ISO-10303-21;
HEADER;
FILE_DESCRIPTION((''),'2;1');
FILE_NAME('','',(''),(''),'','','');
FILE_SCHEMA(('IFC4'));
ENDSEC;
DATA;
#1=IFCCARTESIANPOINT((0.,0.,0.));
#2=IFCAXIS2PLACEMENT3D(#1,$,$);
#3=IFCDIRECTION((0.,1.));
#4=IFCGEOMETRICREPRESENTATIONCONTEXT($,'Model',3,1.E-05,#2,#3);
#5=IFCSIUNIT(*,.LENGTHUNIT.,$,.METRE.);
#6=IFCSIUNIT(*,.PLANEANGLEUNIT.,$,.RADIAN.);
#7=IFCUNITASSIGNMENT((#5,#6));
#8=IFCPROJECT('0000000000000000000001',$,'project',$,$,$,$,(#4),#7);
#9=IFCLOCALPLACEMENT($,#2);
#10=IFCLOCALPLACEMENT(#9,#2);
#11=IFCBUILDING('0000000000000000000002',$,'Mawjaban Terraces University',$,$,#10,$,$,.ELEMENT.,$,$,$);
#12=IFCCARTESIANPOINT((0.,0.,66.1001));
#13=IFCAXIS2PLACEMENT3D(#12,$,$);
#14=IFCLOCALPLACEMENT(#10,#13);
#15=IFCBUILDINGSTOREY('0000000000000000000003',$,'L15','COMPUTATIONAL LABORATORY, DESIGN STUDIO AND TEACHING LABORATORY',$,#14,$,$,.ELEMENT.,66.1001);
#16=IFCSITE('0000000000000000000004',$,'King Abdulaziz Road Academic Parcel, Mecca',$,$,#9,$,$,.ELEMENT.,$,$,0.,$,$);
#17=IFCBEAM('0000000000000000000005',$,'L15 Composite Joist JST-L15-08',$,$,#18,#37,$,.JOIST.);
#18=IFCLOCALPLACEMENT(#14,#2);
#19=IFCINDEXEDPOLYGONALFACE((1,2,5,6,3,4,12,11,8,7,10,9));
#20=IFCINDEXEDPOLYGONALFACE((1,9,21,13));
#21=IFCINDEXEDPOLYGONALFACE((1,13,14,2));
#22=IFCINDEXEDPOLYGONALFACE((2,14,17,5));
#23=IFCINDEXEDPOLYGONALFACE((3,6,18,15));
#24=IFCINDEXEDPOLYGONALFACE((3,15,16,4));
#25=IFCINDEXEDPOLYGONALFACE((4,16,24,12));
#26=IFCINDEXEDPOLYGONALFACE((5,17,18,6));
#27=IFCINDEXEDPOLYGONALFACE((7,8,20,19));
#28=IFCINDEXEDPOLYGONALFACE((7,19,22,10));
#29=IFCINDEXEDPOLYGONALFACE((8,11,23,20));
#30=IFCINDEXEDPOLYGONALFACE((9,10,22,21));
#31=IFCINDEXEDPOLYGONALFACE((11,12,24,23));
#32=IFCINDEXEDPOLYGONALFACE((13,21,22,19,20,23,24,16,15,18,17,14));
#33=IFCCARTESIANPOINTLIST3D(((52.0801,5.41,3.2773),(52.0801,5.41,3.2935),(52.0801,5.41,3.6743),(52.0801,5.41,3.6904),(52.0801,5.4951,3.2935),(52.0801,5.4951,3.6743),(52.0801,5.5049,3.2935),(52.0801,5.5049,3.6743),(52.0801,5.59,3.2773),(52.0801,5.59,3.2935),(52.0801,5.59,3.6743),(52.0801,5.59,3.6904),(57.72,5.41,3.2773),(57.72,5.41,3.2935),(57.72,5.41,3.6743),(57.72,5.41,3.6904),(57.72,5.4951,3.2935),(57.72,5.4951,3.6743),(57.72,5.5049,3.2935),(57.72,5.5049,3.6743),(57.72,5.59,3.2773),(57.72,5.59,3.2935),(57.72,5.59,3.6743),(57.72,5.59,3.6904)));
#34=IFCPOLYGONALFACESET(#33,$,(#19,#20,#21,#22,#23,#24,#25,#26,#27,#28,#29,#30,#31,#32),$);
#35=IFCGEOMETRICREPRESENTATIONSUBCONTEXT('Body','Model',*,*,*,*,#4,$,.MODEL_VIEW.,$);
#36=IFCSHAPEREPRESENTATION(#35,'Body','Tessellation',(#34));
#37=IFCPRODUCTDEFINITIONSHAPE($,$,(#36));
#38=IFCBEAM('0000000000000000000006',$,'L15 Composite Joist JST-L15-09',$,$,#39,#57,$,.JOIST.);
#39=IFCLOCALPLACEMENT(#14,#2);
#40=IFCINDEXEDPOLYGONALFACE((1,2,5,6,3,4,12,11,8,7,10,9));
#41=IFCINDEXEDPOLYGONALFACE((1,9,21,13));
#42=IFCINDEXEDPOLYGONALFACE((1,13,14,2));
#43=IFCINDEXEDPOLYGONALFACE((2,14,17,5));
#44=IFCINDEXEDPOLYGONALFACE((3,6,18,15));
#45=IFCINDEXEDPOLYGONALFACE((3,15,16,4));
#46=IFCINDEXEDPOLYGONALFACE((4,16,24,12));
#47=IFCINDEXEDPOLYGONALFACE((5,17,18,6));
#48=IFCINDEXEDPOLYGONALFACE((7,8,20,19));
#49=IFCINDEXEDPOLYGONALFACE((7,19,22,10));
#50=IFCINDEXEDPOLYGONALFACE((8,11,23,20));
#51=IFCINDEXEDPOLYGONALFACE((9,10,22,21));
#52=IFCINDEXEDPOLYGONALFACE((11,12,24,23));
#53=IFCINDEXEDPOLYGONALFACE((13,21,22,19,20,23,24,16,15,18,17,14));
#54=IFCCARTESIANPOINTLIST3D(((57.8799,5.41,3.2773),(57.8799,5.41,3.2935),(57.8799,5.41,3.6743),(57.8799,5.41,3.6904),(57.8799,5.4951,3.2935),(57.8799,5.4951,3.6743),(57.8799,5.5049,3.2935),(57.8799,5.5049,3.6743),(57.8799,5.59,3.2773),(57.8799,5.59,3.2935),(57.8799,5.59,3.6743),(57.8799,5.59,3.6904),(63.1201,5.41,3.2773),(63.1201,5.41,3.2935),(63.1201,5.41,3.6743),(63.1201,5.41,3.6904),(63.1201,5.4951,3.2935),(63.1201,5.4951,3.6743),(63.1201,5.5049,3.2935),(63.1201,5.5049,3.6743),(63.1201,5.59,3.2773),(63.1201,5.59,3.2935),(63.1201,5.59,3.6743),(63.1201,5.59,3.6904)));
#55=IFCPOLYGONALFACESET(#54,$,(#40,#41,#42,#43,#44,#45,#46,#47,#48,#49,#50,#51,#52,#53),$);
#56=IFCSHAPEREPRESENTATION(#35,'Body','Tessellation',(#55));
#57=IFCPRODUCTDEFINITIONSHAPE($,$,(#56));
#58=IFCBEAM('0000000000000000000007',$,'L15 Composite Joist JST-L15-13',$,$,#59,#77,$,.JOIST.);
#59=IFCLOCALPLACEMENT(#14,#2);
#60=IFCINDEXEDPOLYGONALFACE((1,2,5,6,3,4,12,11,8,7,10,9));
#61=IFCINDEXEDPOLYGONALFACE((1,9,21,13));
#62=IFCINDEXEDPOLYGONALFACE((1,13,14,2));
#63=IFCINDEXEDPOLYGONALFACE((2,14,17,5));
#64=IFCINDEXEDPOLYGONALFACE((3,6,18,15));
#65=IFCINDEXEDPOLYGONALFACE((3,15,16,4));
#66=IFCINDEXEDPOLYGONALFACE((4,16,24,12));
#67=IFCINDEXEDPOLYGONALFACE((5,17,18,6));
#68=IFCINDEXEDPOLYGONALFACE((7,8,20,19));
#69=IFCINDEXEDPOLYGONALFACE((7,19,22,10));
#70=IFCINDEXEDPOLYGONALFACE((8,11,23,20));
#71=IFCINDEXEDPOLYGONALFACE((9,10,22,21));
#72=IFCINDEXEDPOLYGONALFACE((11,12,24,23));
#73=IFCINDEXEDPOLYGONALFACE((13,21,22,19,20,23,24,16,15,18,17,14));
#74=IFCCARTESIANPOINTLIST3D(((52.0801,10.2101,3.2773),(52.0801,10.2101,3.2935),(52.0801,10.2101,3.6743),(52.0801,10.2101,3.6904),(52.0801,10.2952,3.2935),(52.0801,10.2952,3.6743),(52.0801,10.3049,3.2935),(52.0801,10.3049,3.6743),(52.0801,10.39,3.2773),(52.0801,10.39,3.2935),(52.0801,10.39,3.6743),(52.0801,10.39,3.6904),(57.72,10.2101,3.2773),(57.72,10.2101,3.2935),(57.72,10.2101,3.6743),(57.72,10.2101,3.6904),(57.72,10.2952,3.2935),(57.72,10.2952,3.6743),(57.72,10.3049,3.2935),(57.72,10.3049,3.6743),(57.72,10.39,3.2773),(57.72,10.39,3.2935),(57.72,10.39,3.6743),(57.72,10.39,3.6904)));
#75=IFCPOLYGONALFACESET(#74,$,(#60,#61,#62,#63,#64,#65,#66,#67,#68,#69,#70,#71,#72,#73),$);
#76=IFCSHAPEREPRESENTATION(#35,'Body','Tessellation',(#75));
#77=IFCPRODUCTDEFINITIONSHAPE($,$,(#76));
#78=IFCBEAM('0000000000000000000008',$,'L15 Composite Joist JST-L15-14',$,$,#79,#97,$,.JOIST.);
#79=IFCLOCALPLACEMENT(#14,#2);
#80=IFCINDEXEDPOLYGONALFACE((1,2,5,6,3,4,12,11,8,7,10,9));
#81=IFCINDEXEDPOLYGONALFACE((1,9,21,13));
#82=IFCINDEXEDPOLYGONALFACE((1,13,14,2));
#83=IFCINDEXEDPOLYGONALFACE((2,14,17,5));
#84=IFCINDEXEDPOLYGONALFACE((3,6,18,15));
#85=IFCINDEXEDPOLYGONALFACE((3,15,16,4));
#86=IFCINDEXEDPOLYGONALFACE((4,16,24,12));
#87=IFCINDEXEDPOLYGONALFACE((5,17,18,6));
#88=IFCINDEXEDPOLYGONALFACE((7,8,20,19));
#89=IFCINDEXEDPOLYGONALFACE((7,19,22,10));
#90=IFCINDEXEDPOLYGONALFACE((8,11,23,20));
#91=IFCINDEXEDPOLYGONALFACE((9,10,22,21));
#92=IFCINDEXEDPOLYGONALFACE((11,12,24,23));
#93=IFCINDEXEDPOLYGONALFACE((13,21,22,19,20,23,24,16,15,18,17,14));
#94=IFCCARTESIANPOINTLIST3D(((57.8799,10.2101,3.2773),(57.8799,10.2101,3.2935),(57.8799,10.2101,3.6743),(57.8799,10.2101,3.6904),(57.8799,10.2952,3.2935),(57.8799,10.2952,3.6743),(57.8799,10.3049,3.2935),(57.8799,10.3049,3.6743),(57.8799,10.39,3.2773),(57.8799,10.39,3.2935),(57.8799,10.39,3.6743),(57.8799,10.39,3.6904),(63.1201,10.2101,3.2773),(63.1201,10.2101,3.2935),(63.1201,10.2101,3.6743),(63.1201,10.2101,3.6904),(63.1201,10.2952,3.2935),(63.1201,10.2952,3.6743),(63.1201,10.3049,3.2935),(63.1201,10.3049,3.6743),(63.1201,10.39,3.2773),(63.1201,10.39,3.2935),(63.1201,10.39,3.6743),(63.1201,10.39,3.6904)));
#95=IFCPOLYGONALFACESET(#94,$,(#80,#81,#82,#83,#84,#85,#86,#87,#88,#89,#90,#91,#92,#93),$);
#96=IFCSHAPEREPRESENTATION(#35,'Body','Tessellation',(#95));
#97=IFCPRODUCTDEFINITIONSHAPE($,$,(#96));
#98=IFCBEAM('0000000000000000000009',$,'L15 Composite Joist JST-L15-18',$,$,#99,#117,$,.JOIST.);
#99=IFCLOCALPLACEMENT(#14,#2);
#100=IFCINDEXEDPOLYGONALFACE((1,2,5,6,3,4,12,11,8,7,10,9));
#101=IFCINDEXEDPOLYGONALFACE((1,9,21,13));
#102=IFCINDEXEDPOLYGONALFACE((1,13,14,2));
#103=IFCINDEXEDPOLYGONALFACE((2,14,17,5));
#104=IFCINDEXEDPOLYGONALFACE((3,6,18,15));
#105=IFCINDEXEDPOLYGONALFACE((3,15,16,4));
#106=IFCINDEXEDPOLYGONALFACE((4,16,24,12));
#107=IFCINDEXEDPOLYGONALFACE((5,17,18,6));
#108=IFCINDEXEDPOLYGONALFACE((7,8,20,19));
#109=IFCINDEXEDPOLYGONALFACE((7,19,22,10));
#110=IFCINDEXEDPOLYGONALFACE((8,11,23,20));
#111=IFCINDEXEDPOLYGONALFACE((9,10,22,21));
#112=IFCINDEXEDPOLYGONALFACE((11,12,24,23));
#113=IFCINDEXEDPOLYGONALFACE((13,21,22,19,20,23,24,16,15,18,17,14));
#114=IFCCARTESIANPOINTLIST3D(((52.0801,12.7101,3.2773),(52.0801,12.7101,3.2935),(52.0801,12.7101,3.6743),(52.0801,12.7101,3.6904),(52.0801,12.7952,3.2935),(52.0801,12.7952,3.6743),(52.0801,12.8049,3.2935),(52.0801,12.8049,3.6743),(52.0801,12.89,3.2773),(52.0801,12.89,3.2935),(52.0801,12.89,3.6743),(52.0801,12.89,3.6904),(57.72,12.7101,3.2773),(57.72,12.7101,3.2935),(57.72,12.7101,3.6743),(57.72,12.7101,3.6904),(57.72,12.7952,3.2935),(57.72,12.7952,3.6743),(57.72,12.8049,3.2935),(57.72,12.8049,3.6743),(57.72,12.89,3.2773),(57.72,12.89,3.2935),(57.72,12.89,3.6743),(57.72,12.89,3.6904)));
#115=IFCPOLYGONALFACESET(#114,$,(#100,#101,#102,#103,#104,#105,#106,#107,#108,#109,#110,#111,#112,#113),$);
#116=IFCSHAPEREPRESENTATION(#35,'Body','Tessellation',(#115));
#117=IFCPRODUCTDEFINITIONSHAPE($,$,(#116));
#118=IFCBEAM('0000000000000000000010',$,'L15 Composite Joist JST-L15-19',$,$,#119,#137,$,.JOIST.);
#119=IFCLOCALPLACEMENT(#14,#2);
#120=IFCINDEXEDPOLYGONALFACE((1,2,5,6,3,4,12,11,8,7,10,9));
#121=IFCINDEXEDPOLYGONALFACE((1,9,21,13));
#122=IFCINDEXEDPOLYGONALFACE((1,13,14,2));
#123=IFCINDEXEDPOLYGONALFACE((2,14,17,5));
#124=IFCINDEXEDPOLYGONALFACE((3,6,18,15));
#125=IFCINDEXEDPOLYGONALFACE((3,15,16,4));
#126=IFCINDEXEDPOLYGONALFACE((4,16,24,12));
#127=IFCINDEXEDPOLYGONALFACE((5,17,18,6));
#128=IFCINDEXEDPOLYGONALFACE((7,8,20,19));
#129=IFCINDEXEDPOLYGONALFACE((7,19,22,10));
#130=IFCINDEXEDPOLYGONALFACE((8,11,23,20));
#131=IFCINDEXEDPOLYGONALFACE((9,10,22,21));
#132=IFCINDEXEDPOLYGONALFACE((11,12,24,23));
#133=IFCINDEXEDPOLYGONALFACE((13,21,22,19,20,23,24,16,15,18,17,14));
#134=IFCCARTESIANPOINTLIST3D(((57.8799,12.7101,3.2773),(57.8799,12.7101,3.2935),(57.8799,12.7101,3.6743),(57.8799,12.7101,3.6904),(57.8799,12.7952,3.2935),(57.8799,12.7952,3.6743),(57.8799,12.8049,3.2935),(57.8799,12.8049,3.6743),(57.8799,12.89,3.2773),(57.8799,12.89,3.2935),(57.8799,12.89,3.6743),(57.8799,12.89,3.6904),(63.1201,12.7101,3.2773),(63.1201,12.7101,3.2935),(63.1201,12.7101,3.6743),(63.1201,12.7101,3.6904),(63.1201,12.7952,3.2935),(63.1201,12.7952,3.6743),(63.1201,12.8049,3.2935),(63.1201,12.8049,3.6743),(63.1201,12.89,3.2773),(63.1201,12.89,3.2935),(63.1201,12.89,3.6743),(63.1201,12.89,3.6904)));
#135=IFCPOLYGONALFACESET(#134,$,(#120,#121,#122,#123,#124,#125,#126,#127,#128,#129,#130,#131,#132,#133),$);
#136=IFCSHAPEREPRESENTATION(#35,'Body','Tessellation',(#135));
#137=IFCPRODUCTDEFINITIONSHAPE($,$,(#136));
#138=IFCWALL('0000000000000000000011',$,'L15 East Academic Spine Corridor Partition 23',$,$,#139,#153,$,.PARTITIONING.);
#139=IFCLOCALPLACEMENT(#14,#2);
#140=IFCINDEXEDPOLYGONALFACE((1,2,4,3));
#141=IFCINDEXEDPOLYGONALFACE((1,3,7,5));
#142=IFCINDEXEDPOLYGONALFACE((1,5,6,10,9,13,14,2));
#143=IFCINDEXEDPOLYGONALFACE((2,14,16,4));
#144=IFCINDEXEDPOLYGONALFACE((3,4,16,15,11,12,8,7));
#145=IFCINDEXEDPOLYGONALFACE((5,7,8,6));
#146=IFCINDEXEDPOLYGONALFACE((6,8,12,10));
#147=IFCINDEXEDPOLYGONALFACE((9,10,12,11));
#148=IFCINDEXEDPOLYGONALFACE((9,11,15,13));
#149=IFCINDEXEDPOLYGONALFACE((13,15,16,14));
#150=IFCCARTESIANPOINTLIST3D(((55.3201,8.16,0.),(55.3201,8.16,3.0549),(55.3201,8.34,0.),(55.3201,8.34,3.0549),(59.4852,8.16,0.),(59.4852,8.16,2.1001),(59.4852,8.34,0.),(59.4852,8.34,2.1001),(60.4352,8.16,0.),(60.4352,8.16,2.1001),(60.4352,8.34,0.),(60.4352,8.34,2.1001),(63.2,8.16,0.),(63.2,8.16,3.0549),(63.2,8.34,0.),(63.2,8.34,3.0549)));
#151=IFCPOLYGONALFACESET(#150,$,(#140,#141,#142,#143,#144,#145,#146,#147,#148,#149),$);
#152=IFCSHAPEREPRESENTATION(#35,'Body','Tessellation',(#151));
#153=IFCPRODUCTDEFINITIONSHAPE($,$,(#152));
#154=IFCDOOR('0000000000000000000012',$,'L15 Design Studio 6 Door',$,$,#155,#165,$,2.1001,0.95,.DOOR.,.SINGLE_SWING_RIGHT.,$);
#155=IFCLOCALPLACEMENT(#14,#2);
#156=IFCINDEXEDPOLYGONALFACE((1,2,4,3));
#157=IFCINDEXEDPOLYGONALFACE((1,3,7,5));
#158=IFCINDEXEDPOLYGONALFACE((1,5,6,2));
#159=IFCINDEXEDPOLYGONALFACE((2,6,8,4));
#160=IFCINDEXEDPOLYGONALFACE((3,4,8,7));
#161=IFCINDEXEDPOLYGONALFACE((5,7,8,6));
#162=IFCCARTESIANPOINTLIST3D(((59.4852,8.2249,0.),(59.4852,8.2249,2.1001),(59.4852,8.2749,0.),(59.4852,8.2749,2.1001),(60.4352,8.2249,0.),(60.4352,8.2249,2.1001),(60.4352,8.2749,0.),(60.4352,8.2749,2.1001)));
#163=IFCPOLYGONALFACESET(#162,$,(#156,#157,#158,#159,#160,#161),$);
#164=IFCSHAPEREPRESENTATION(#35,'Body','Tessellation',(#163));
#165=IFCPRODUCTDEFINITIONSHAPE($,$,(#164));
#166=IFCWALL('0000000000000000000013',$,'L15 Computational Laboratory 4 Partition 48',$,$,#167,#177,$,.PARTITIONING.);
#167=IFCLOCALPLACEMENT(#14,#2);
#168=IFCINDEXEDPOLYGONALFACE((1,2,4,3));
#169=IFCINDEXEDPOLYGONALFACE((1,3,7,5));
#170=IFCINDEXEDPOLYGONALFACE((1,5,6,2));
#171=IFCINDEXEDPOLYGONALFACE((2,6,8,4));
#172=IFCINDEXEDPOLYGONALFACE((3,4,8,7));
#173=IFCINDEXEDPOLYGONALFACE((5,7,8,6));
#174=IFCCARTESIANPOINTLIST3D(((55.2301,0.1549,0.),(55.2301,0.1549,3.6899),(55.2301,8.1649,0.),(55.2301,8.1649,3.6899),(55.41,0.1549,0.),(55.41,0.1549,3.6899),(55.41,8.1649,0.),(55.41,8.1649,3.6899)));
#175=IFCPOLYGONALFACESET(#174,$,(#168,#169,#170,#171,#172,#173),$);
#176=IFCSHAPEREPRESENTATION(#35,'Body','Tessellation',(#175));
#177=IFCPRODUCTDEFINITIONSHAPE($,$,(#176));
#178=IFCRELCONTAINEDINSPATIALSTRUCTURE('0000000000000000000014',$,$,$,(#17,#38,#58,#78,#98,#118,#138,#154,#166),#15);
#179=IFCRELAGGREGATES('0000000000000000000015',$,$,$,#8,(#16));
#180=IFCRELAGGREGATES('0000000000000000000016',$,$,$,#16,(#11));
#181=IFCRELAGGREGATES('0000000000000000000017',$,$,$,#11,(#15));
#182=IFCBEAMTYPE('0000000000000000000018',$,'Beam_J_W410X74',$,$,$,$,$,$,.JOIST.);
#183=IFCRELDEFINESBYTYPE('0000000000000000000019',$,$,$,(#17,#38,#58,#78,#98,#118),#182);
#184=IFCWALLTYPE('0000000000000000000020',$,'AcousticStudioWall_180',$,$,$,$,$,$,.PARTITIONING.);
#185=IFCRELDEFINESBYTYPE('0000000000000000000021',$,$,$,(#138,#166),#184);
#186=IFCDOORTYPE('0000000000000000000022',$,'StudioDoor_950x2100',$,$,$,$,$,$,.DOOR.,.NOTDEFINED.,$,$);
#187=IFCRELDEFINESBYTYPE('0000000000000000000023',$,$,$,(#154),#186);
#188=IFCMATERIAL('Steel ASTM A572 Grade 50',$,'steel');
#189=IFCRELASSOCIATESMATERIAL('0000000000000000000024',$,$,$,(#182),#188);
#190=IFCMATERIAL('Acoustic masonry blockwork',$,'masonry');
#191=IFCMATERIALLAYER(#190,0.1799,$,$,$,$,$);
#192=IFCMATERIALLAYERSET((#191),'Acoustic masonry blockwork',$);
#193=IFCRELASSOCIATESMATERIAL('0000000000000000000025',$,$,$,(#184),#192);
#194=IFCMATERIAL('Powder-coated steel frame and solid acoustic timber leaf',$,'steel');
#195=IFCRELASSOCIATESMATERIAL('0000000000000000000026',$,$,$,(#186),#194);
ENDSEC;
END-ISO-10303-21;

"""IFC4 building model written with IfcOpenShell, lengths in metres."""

from ifc_helpers import new_model, si_unit, direction, frame, frame_2d, origin, origin_2d, place, context, subcontext, project, spatial, rectangle, i_section, extrude, material, layer, layer_set, material_profile, profile_set, type_object, element, fill, save


model = new_model("IFC4")

# Units and contexts
model_context = context("Model", 3, precision=1e-05, world=origin(), true_north=direction((0.0, 1.0)))
body_context = subcontext(model_context, "Body", "Model", "MODEL_VIEW")
ifc_project = project(units=[si_unit("LENGTHUNIT", "METRE"), si_unit("PLANEANGLEUNIT", "RADIAN")], contexts=[model_context])

# Site, building, storey
site_placement = place(None, origin())
site = spatial("IfcSite", under=ifc_project, at=site_placement, Name="King Abdulaziz Road Academic Parcel, Mecca", CompositionType="ELEMENT", RefElevation=0.0)
building_placement = place(site_placement, origin())
building = spatial("IfcBuilding", under=site, at=building_placement, Name="Mawjaban Terraces University", CompositionType="ELEMENT")
storey_placement = place(building_placement, frame((0.0, 0.0, 66.1001)))
storey = spatial("IfcBuildingStorey", under=building, at=storey_placement, Name="L15", Description="COMPUTATIONAL LABORATORY, DESIGN STUDIO AND TEACHING LABORATORY", CompositionType="ELEMENT", Elevation=66.1001)

# Beams
ifc_material_1 = material(Name="Steel ASTM A572 Grade 50", Category="steel")
ifc_material_profile_1 = material_profile(ifc_material_1, i_section(OverallWidth=0.1799, OverallDepth=0.4131, WebThickness=0.0098, FlangeThickness=0.0161, at=origin_2d()), Name="W410X74")
ifc_profile_set_1 = profile_set([ifc_material_profile_1], Name="Steel ASTM A572 Grade 50")
beam_type_1 = type_object("IfcBeamType", Name="Beam_J_W410X74", PredefinedType="JOIST", material=ifc_profile_set_1)
beam_1_placement = place(storey_placement, frame((52.0801, 5.5, 3.4839), z_axis=(1.0, 0.0, 0.0), x_axis=(0.0, 1.0, 0.0)))
element("IfcBeam", 1, at=beam_1_placement, inside=storey, type_object=beam_type_1, Name="L15 Composite Joist JST-L15-08", PredefinedType="JOIST", context=body_context, shape_type="SweptSolid", body=[
    extrude(i_section(OverallWidth=0.1799, OverallDepth=0.4131, WebThickness=0.0098, FlangeThickness=0.0161, at=origin_2d()), origin(), (0.0, 0.0, 1.0), 5.6399),
])
beam_2_placement = place(storey_placement, frame((57.8799, 5.5, 3.4839), z_axis=(1.0, 0.0, 0.0), x_axis=(0.0, 1.0, 0.0)))
element("IfcBeam", 2, at=beam_2_placement, inside=storey, type_object=beam_type_1, Name="L15 Composite Joist JST-L15-09", PredefinedType="JOIST", context=body_context, shape_type="SweptSolid", body=[
    extrude(i_section(OverallWidth=0.1799, OverallDepth=0.4131, WebThickness=0.0098, FlangeThickness=0.0161, at=origin_2d()), origin(), (0.0, 0.0, 1.0), 5.2402),
])
beam_3_placement = place(storey_placement, frame((52.0801, 10.3, 3.4839), z_axis=(1.0, 0.0, 0.0), x_axis=(0.0, 1.0, 0.0)))
element("IfcBeam", 3, at=beam_3_placement, inside=storey, type_object=beam_type_1, Name="L15 Composite Joist JST-L15-13", PredefinedType="JOIST", context=body_context, shape_type="SweptSolid", body=[
    extrude(i_section(OverallWidth=0.1799, OverallDepth=0.4131, WebThickness=0.0098, FlangeThickness=0.0161, at=origin_2d()), origin(), (0.0, 0.0, 1.0), 5.6399),
])
beam_4_placement = place(storey_placement, frame((57.8799, 10.3, 3.4839), z_axis=(1.0, 0.0, 0.0), x_axis=(0.0, 1.0, 0.0)))
element("IfcBeam", 4, at=beam_4_placement, inside=storey, type_object=beam_type_1, Name="L15 Composite Joist JST-L15-14", PredefinedType="JOIST", context=body_context, shape_type="SweptSolid", body=[
    extrude(i_section(OverallWidth=0.1799, OverallDepth=0.4131, WebThickness=0.0098, FlangeThickness=0.0161, at=origin_2d()), origin(), (0.0, 0.0, 1.0), 5.2402),
])
beam_5_placement = place(storey_placement, frame((52.0801, 12.8, 3.4839), z_axis=(1.0, 0.0, 0.0), x_axis=(0.0, 1.0, 0.0)))
element("IfcBeam", 5, at=beam_5_placement, inside=storey, type_object=beam_type_1, Name="L15 Composite Joist JST-L15-18", PredefinedType="JOIST", context=body_context, shape_type="SweptSolid", body=[
    extrude(i_section(OverallWidth=0.1799, OverallDepth=0.4131, WebThickness=0.0098, FlangeThickness=0.0161, at=origin_2d()), origin(), (0.0, 0.0, 1.0), 5.6399),
])
beam_6_placement = place(storey_placement, frame((57.8799, 12.8, 3.4839), z_axis=(1.0, 0.0, 0.0), x_axis=(0.0, 1.0, 0.0)))
element("IfcBeam", 6, at=beam_6_placement, inside=storey, type_object=beam_type_1, Name="L15 Composite Joist JST-L15-19", PredefinedType="JOIST", context=body_context, shape_type="SweptSolid", body=[
    extrude(i_section(OverallWidth=0.1799, OverallDepth=0.4131, WebThickness=0.0098, FlangeThickness=0.0161, at=origin_2d()), origin(), (0.0, 0.0, 1.0), 5.2402),
])

# Wall, opening, door
ifc_material_2 = material(Name="Acoustic masonry blockwork", Category="masonry")
ifc_layer_1 = layer(ifc_material_2, 0.1799)
ifc_layer_set_1 = layer_set([ifc_layer_1], Name="Acoustic masonry blockwork")
wall_type_1 = type_object("IfcWallType", Name="AcousticStudioWall_180", PredefinedType="PARTITIONING", material=ifc_layer_set_1)
wall_1_placement = place(storey_placement, frame((55.3201, 8.25, 0.0), z_axis=(0.0, 0.0, 1.0), x_axis=(1.0, 0.0, 0.0)))
wall_1 = element("IfcWall", 7, at=wall_1_placement, inside=storey, type_object=wall_type_1, Name="L15 East Academic Spine Corridor Partition 23", PredefinedType="PARTITIONING", context=body_context, shape_type="SweptSolid", body=[
    extrude(rectangle(XDim=7.8799, YDim=0.1799, at=frame_2d((3.9399, 0.0))), origin(), (0.0, 0.0, 1.0), 3.0549),
])
opening_1_placement = place(wall_1_placement, frame((4.165, 0.0, 0.0)))
opening_1 = element("IfcOpeningElement", 8, at=opening_1_placement, cuts=wall_1, PredefinedType="OPENING", context=body_context, shape_type="SweptSolid", body=[
    extrude(rectangle(XDim=0.95, YDim=2.1001, at=frame_2d((0.4751, 1.05))), frame((0.0, 0.0999, 0.0), z_axis=(0.0, -1.0, 0.0), x_axis=(1.0, 0.0, 0.0)), (0.0, 0.0, 1.0), 0.2),
])
ifc_material_3 = material(Name="Powder-coated steel frame and solid acoustic timber leaf", Category="steel")
door_type_1 = type_object("IfcDoorType", Name="StudioDoor_950x2100", OperationType="NOTDEFINED", PredefinedType="DOOR", material=ifc_material_3)
door_1_placement = place(opening_1_placement, origin())
door_1 = element("IfcDoor", 9, at=door_1_placement, inside=storey, type_object=door_type_1, Name="L15 Design Studio 6 Door", OperationType="SINGLE_SWING_RIGHT", OverallHeight=2.1001, OverallWidth=0.95, PredefinedType="DOOR", context=body_context, shape_type="SweptSolid", body=[
    extrude(rectangle(XDim=0.95, YDim=2.1001, at=frame_2d((0.4751, 1.05))), frame((0.0, 0.0249, 0.0), z_axis=(0.0, -1.0, 0.0), x_axis=(1.0, 0.0, 0.0)), (0.0, 0.0, 1.0), 0.05),
])
fill(opening_1, door_1)

# Wall
wall_2_placement = place(storey_placement, frame((55.3201, 0.155, 0.0), z_axis=(0.0, 0.0, 1.0), x_axis=(0.0, 1.0, 0.0)))
element("IfcWall", 10, at=wall_2_placement, inside=storey, type_object=wall_type_1, Name="L15 Computational Laboratory 4 Partition 48", PredefinedType="PARTITIONING", context=body_context, shape_type="SweptSolid", body=[
    extrude(rectangle(XDim=8.01, YDim=0.1799, at=frame_2d((4.0049, 0.0))), origin(), (0.0, 0.0, 1.0), 3.6899),
])

save(model, "model.ifc")
